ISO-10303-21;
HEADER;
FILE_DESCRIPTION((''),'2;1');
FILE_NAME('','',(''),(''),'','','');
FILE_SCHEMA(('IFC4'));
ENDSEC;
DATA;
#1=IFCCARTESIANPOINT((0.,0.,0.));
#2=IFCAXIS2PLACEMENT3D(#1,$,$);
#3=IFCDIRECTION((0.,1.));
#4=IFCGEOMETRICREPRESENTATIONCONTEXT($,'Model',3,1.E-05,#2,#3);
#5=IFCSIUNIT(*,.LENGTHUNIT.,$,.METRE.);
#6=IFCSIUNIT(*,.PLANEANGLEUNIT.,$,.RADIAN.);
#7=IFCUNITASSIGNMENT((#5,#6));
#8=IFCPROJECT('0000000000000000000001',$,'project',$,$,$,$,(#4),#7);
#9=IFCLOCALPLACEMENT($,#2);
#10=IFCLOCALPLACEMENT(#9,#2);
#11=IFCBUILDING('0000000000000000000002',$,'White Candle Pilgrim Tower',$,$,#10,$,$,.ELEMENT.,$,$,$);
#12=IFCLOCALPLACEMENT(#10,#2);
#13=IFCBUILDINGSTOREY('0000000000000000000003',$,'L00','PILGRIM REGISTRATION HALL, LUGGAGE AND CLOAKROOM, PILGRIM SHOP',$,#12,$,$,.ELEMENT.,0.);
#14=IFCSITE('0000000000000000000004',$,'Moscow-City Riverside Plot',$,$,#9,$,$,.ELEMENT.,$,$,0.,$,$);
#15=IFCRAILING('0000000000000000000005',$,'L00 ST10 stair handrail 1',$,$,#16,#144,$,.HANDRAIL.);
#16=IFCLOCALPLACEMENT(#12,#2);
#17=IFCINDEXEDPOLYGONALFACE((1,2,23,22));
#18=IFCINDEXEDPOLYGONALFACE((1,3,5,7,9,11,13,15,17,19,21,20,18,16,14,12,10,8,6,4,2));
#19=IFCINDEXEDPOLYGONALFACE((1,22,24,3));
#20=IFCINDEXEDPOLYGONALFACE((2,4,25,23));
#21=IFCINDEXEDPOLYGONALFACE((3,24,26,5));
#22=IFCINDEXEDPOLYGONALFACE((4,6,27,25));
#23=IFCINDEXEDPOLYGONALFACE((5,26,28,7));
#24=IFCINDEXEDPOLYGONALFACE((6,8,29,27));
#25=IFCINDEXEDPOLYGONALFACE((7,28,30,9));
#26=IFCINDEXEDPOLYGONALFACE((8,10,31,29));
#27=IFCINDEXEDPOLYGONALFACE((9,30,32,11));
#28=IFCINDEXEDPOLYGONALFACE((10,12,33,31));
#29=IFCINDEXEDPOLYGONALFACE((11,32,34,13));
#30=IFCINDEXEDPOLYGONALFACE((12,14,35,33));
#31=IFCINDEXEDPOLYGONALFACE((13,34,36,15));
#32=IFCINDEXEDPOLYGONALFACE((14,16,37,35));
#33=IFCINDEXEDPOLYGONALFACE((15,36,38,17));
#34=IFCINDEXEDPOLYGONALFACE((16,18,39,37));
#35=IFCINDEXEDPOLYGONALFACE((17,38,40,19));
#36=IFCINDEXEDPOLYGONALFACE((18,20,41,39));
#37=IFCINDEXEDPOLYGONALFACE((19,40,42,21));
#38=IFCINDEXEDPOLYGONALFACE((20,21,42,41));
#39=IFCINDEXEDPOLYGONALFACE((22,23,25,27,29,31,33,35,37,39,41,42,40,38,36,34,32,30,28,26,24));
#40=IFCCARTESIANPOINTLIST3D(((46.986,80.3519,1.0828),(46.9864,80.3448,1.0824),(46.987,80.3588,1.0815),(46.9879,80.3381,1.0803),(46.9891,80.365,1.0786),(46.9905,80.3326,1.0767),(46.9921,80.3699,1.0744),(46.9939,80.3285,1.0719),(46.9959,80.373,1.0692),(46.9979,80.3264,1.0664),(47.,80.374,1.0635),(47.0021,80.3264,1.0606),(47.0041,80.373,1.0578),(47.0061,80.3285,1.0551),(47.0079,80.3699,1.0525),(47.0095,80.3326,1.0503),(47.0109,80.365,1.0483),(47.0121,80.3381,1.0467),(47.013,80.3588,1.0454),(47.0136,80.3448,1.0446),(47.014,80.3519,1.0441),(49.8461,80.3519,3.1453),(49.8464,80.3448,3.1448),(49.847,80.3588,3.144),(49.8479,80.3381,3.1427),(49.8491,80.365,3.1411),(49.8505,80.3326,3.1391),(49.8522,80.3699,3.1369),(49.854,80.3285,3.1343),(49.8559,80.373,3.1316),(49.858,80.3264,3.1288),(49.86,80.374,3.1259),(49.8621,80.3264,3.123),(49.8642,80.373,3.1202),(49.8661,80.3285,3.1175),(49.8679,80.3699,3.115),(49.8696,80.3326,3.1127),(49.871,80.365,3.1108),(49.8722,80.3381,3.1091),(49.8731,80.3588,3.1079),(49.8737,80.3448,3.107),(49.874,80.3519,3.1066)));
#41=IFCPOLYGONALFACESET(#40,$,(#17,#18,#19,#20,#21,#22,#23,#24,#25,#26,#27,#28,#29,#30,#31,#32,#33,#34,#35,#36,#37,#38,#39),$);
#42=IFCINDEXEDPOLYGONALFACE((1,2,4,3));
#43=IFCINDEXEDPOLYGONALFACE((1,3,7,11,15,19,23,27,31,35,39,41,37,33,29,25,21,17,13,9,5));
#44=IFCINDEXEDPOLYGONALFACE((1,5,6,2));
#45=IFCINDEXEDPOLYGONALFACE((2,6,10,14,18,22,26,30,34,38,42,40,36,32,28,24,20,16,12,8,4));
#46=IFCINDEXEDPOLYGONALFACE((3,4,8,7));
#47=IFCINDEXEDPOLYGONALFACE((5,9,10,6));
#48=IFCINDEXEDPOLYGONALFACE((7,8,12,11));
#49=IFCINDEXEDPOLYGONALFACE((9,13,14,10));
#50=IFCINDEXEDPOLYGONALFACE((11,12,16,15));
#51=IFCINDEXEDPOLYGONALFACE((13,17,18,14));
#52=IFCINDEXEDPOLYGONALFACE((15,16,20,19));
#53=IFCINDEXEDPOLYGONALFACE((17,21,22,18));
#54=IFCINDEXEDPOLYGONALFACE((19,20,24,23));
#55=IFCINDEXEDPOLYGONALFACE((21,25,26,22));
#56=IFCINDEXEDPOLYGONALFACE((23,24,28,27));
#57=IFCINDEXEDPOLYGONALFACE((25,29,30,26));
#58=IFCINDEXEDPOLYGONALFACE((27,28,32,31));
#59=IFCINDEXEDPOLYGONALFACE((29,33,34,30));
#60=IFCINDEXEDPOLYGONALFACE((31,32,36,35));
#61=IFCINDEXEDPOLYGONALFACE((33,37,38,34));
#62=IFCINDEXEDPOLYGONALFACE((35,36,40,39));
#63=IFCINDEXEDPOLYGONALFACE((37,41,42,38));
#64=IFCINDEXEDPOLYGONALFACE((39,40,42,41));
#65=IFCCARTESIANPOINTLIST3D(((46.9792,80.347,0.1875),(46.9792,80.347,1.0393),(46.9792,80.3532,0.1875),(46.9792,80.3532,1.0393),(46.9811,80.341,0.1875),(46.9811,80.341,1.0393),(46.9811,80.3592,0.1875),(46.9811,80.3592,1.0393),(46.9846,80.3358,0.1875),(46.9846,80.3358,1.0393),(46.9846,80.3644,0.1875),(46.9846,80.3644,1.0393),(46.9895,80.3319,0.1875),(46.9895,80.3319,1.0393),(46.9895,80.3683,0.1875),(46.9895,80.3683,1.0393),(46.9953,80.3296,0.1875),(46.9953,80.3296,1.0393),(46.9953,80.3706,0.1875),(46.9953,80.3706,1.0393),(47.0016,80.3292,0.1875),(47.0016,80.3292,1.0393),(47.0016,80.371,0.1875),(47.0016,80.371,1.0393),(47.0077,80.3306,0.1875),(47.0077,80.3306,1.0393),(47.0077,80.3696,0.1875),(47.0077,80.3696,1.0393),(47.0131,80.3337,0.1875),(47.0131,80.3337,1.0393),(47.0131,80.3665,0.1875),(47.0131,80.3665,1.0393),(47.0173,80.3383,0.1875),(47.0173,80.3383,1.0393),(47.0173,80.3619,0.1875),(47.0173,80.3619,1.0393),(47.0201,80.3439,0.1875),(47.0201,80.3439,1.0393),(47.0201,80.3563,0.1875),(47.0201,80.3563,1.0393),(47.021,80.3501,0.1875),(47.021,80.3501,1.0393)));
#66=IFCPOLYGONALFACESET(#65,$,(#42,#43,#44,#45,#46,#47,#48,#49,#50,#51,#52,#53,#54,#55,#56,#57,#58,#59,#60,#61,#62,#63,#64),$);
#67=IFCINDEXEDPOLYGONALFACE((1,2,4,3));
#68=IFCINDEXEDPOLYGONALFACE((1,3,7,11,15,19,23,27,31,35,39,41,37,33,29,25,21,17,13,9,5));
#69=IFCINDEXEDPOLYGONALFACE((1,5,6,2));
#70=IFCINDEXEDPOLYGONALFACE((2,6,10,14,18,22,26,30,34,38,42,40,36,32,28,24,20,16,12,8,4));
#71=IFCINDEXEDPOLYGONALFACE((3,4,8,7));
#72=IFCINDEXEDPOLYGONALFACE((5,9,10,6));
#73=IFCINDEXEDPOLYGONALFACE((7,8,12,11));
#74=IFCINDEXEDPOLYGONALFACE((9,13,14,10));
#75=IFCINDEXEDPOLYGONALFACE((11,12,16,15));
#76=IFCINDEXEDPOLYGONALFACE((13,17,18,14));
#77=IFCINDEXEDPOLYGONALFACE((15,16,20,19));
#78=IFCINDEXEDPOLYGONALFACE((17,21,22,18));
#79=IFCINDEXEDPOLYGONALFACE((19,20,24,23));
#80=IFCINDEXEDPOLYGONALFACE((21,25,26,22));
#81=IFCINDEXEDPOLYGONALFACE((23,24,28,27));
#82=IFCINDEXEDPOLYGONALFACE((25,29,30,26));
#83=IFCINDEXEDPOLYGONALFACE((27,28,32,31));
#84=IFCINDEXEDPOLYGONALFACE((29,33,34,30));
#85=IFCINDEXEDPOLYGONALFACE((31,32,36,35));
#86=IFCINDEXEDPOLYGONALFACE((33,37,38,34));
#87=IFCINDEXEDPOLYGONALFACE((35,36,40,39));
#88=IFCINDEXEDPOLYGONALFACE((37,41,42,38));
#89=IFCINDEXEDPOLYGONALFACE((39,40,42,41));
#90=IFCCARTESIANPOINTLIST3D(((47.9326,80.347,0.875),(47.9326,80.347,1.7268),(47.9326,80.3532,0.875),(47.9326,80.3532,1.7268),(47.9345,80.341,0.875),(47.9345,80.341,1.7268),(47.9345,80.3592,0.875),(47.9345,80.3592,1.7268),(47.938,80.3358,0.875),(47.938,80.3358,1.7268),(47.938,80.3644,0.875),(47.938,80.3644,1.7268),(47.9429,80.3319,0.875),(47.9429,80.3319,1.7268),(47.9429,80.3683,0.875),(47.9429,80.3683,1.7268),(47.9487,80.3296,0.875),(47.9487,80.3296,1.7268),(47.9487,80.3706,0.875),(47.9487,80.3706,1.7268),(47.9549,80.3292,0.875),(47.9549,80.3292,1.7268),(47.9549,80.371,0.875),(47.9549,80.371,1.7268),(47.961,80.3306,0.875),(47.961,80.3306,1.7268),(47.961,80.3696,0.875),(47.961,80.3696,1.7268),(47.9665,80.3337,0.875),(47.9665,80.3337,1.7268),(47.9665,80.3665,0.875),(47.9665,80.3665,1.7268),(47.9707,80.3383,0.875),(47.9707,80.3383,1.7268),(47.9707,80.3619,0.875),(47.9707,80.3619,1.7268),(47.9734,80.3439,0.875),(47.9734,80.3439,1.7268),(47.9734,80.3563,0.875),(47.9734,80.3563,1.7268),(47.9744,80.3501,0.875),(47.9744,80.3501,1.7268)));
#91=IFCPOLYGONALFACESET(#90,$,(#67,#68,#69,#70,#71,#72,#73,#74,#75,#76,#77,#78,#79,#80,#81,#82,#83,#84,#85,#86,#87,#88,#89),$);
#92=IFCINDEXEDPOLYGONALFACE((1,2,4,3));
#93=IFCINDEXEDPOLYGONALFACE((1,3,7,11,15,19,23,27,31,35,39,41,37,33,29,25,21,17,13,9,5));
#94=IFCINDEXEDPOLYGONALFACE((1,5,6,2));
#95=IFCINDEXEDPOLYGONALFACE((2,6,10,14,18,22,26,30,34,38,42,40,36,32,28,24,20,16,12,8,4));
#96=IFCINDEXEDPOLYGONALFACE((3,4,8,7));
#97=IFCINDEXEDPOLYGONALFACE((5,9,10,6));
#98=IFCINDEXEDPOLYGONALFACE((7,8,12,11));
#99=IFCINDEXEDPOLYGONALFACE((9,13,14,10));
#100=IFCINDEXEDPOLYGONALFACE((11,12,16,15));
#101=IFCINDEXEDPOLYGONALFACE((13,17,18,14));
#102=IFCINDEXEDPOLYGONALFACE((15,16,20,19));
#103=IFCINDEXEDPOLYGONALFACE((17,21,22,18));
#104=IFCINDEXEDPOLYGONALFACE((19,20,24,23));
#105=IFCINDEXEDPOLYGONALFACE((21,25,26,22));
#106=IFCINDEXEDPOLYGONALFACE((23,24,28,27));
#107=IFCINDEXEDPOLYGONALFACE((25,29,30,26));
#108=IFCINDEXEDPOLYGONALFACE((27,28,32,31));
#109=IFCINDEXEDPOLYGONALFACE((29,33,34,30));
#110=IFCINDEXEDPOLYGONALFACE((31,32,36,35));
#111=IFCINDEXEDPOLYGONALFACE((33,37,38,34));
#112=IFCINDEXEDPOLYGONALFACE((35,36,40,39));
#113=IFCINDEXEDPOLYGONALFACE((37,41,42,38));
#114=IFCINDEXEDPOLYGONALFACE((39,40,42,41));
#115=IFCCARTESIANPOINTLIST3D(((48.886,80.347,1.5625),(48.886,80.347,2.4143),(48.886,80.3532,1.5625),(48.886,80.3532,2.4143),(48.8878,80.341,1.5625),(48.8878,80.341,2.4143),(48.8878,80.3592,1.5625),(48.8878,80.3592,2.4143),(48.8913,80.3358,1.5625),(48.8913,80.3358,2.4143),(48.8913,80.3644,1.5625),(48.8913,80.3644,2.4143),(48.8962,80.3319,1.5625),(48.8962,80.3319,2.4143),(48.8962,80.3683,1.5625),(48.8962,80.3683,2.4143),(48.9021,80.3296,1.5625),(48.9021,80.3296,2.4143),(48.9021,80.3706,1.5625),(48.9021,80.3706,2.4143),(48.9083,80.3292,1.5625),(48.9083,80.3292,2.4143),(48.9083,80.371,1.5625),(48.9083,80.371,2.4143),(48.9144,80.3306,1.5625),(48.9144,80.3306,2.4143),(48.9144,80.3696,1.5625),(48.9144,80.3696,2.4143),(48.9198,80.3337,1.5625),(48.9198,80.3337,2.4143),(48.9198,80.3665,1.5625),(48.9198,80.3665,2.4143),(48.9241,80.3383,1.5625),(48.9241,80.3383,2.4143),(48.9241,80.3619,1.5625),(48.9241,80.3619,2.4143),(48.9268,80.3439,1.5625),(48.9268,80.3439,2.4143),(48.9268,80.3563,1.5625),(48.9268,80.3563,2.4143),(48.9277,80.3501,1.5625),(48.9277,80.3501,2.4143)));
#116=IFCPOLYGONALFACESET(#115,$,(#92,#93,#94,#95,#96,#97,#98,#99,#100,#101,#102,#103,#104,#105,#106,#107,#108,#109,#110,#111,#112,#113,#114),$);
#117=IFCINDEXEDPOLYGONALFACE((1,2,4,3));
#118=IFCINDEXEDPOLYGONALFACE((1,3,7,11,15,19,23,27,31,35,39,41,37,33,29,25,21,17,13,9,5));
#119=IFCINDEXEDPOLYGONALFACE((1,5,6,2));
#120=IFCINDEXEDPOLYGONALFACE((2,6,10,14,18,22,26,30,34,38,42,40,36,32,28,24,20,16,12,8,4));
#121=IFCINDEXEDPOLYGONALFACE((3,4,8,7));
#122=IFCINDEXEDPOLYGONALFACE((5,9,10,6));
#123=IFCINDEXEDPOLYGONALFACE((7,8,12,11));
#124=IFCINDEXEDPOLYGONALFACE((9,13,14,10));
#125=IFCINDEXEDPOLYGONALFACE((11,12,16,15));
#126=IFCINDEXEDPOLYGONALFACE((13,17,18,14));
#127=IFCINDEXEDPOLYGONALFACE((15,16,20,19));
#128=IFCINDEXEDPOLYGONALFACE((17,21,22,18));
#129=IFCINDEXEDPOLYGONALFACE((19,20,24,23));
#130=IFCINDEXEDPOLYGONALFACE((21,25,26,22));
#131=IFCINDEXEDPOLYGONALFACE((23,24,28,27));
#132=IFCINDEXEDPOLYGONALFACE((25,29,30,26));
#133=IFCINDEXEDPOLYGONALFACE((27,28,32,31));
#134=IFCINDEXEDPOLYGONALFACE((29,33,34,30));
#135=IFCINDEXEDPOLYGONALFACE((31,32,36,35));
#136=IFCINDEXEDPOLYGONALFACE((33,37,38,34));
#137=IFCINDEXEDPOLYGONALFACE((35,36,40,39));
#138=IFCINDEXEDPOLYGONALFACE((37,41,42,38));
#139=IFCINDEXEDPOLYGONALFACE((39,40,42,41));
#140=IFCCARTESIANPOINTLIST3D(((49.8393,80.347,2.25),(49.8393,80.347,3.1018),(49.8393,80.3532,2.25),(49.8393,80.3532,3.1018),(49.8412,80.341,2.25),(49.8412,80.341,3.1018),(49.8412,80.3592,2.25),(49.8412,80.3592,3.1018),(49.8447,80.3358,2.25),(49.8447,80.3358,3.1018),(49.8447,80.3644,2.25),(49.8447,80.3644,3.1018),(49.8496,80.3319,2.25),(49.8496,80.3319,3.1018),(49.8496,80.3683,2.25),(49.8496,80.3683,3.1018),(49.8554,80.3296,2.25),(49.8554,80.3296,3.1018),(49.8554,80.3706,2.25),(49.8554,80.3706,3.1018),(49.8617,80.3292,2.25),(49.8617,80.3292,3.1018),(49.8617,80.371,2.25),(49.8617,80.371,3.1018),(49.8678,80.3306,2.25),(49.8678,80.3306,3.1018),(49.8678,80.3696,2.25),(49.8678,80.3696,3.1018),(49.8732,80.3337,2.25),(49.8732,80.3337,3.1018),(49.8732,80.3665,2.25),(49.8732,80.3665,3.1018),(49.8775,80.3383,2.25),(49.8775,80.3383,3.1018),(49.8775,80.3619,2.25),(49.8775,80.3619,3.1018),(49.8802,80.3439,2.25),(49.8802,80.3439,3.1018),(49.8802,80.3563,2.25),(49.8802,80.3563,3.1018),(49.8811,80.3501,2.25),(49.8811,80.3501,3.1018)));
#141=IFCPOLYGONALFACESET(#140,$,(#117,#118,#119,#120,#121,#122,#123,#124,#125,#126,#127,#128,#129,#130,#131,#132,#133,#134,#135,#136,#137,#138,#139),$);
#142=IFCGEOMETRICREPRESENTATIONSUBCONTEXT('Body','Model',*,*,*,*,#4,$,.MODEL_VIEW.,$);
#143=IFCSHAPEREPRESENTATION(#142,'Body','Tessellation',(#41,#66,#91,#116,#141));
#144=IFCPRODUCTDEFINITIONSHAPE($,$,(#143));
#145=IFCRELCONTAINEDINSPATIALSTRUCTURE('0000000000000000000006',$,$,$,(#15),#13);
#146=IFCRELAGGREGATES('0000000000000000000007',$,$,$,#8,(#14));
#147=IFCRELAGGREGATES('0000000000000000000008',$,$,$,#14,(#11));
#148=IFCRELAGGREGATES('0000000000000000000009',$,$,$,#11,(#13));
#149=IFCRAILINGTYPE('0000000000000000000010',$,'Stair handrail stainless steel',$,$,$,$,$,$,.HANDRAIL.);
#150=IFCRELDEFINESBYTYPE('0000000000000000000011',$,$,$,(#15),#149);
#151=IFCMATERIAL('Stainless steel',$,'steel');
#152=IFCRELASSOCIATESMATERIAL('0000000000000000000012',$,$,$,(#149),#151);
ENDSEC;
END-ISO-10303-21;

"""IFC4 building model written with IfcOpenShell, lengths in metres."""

from ifc_helpers import new_model, si_unit, direction, frame, origin, origin_2d, place, context, subcontext, project, spatial, circle, extrude, material, type_object, element, save


model = new_model("IFC4")

# Units and contexts
model_context = context("Model", 3, precision=1e-05, world=origin(), true_north=direction((0.0, 1.0)))
body_context = subcontext(model_context, "Body", "Model", "MODEL_VIEW")
ifc_project = project(units=[si_unit("LENGTHUNIT", "METRE"), si_unit("PLANEANGLEUNIT", "RADIAN")], contexts=[model_context])

# Site, building, storey
site_placement = place(None, origin())
site = spatial("IfcSite", under=ifc_project, at=site_placement, Name="Moscow-City Riverside Plot", CompositionType="ELEMENT", RefElevation=0.0)
building_placement = place(site_placement, origin())
building = spatial("IfcBuilding", under=site, at=building_placement, Name="White Candle Pilgrim Tower", CompositionType="ELEMENT")
storey_placement = place(building_placement, origin())
storey = spatial("IfcBuildingStorey", under=building, at=storey_placement, Name="L00", Description="PILGRIM REGISTRATION HALL, LUGGAGE AND CLOAKROOM, PILGRIM SHOP", CompositionType="ELEMENT", Elevation=0.0)

# Railing
ifc_material_1 = material(Name="Stainless steel", Category="steel")
railing_type_1 = type_object("IfcRailingType", Name="Stair handrail stainless steel", PredefinedType="HANDRAIL", material=ifc_material_1)
for number, where, name in (
    (1, (47.0, 80.3501, 0.1875), "L00 ST10 stair handrail 1"),
):
    element("IfcRailing", number, at=place(storey_placement, frame(where)), inside=storey, type_object=railing_type_1, Name=name, PredefinedType="HANDRAIL", context=body_context, shape_type="SweptSolid", body=[
        extrude(circle(Radius=0.0239, at=origin_2d()), frame((0.0, 0.0, 0.876), z_axis=(0.811101, 0.0, 0.584906), x_axis=(0.0, 1.0, 0.0)), (0.0, 0.0, 1.0), 3.5261),
        extrude(circle(Radius=0.021, at=origin_2d()), origin(), (0.0, 0.0, 1.0), 0.8518),
        extrude(circle(Radius=0.021, at=origin_2d()), frame((0.9534, 0.0, 0.6875)), (0.0, 0.0, 1.0), 0.8518),
        extrude(circle(Radius=0.021, at=origin_2d()), frame((1.9067, 0.0, 1.375)), (0.0, 0.0, 1.0), 0.8518),
        extrude(circle(Radius=0.021, at=origin_2d()), frame((2.8601, 0.0, 2.0625)), (0.0, 0.0, 1.0), 0.8518),
    ])

save(model, "model.ifc")
